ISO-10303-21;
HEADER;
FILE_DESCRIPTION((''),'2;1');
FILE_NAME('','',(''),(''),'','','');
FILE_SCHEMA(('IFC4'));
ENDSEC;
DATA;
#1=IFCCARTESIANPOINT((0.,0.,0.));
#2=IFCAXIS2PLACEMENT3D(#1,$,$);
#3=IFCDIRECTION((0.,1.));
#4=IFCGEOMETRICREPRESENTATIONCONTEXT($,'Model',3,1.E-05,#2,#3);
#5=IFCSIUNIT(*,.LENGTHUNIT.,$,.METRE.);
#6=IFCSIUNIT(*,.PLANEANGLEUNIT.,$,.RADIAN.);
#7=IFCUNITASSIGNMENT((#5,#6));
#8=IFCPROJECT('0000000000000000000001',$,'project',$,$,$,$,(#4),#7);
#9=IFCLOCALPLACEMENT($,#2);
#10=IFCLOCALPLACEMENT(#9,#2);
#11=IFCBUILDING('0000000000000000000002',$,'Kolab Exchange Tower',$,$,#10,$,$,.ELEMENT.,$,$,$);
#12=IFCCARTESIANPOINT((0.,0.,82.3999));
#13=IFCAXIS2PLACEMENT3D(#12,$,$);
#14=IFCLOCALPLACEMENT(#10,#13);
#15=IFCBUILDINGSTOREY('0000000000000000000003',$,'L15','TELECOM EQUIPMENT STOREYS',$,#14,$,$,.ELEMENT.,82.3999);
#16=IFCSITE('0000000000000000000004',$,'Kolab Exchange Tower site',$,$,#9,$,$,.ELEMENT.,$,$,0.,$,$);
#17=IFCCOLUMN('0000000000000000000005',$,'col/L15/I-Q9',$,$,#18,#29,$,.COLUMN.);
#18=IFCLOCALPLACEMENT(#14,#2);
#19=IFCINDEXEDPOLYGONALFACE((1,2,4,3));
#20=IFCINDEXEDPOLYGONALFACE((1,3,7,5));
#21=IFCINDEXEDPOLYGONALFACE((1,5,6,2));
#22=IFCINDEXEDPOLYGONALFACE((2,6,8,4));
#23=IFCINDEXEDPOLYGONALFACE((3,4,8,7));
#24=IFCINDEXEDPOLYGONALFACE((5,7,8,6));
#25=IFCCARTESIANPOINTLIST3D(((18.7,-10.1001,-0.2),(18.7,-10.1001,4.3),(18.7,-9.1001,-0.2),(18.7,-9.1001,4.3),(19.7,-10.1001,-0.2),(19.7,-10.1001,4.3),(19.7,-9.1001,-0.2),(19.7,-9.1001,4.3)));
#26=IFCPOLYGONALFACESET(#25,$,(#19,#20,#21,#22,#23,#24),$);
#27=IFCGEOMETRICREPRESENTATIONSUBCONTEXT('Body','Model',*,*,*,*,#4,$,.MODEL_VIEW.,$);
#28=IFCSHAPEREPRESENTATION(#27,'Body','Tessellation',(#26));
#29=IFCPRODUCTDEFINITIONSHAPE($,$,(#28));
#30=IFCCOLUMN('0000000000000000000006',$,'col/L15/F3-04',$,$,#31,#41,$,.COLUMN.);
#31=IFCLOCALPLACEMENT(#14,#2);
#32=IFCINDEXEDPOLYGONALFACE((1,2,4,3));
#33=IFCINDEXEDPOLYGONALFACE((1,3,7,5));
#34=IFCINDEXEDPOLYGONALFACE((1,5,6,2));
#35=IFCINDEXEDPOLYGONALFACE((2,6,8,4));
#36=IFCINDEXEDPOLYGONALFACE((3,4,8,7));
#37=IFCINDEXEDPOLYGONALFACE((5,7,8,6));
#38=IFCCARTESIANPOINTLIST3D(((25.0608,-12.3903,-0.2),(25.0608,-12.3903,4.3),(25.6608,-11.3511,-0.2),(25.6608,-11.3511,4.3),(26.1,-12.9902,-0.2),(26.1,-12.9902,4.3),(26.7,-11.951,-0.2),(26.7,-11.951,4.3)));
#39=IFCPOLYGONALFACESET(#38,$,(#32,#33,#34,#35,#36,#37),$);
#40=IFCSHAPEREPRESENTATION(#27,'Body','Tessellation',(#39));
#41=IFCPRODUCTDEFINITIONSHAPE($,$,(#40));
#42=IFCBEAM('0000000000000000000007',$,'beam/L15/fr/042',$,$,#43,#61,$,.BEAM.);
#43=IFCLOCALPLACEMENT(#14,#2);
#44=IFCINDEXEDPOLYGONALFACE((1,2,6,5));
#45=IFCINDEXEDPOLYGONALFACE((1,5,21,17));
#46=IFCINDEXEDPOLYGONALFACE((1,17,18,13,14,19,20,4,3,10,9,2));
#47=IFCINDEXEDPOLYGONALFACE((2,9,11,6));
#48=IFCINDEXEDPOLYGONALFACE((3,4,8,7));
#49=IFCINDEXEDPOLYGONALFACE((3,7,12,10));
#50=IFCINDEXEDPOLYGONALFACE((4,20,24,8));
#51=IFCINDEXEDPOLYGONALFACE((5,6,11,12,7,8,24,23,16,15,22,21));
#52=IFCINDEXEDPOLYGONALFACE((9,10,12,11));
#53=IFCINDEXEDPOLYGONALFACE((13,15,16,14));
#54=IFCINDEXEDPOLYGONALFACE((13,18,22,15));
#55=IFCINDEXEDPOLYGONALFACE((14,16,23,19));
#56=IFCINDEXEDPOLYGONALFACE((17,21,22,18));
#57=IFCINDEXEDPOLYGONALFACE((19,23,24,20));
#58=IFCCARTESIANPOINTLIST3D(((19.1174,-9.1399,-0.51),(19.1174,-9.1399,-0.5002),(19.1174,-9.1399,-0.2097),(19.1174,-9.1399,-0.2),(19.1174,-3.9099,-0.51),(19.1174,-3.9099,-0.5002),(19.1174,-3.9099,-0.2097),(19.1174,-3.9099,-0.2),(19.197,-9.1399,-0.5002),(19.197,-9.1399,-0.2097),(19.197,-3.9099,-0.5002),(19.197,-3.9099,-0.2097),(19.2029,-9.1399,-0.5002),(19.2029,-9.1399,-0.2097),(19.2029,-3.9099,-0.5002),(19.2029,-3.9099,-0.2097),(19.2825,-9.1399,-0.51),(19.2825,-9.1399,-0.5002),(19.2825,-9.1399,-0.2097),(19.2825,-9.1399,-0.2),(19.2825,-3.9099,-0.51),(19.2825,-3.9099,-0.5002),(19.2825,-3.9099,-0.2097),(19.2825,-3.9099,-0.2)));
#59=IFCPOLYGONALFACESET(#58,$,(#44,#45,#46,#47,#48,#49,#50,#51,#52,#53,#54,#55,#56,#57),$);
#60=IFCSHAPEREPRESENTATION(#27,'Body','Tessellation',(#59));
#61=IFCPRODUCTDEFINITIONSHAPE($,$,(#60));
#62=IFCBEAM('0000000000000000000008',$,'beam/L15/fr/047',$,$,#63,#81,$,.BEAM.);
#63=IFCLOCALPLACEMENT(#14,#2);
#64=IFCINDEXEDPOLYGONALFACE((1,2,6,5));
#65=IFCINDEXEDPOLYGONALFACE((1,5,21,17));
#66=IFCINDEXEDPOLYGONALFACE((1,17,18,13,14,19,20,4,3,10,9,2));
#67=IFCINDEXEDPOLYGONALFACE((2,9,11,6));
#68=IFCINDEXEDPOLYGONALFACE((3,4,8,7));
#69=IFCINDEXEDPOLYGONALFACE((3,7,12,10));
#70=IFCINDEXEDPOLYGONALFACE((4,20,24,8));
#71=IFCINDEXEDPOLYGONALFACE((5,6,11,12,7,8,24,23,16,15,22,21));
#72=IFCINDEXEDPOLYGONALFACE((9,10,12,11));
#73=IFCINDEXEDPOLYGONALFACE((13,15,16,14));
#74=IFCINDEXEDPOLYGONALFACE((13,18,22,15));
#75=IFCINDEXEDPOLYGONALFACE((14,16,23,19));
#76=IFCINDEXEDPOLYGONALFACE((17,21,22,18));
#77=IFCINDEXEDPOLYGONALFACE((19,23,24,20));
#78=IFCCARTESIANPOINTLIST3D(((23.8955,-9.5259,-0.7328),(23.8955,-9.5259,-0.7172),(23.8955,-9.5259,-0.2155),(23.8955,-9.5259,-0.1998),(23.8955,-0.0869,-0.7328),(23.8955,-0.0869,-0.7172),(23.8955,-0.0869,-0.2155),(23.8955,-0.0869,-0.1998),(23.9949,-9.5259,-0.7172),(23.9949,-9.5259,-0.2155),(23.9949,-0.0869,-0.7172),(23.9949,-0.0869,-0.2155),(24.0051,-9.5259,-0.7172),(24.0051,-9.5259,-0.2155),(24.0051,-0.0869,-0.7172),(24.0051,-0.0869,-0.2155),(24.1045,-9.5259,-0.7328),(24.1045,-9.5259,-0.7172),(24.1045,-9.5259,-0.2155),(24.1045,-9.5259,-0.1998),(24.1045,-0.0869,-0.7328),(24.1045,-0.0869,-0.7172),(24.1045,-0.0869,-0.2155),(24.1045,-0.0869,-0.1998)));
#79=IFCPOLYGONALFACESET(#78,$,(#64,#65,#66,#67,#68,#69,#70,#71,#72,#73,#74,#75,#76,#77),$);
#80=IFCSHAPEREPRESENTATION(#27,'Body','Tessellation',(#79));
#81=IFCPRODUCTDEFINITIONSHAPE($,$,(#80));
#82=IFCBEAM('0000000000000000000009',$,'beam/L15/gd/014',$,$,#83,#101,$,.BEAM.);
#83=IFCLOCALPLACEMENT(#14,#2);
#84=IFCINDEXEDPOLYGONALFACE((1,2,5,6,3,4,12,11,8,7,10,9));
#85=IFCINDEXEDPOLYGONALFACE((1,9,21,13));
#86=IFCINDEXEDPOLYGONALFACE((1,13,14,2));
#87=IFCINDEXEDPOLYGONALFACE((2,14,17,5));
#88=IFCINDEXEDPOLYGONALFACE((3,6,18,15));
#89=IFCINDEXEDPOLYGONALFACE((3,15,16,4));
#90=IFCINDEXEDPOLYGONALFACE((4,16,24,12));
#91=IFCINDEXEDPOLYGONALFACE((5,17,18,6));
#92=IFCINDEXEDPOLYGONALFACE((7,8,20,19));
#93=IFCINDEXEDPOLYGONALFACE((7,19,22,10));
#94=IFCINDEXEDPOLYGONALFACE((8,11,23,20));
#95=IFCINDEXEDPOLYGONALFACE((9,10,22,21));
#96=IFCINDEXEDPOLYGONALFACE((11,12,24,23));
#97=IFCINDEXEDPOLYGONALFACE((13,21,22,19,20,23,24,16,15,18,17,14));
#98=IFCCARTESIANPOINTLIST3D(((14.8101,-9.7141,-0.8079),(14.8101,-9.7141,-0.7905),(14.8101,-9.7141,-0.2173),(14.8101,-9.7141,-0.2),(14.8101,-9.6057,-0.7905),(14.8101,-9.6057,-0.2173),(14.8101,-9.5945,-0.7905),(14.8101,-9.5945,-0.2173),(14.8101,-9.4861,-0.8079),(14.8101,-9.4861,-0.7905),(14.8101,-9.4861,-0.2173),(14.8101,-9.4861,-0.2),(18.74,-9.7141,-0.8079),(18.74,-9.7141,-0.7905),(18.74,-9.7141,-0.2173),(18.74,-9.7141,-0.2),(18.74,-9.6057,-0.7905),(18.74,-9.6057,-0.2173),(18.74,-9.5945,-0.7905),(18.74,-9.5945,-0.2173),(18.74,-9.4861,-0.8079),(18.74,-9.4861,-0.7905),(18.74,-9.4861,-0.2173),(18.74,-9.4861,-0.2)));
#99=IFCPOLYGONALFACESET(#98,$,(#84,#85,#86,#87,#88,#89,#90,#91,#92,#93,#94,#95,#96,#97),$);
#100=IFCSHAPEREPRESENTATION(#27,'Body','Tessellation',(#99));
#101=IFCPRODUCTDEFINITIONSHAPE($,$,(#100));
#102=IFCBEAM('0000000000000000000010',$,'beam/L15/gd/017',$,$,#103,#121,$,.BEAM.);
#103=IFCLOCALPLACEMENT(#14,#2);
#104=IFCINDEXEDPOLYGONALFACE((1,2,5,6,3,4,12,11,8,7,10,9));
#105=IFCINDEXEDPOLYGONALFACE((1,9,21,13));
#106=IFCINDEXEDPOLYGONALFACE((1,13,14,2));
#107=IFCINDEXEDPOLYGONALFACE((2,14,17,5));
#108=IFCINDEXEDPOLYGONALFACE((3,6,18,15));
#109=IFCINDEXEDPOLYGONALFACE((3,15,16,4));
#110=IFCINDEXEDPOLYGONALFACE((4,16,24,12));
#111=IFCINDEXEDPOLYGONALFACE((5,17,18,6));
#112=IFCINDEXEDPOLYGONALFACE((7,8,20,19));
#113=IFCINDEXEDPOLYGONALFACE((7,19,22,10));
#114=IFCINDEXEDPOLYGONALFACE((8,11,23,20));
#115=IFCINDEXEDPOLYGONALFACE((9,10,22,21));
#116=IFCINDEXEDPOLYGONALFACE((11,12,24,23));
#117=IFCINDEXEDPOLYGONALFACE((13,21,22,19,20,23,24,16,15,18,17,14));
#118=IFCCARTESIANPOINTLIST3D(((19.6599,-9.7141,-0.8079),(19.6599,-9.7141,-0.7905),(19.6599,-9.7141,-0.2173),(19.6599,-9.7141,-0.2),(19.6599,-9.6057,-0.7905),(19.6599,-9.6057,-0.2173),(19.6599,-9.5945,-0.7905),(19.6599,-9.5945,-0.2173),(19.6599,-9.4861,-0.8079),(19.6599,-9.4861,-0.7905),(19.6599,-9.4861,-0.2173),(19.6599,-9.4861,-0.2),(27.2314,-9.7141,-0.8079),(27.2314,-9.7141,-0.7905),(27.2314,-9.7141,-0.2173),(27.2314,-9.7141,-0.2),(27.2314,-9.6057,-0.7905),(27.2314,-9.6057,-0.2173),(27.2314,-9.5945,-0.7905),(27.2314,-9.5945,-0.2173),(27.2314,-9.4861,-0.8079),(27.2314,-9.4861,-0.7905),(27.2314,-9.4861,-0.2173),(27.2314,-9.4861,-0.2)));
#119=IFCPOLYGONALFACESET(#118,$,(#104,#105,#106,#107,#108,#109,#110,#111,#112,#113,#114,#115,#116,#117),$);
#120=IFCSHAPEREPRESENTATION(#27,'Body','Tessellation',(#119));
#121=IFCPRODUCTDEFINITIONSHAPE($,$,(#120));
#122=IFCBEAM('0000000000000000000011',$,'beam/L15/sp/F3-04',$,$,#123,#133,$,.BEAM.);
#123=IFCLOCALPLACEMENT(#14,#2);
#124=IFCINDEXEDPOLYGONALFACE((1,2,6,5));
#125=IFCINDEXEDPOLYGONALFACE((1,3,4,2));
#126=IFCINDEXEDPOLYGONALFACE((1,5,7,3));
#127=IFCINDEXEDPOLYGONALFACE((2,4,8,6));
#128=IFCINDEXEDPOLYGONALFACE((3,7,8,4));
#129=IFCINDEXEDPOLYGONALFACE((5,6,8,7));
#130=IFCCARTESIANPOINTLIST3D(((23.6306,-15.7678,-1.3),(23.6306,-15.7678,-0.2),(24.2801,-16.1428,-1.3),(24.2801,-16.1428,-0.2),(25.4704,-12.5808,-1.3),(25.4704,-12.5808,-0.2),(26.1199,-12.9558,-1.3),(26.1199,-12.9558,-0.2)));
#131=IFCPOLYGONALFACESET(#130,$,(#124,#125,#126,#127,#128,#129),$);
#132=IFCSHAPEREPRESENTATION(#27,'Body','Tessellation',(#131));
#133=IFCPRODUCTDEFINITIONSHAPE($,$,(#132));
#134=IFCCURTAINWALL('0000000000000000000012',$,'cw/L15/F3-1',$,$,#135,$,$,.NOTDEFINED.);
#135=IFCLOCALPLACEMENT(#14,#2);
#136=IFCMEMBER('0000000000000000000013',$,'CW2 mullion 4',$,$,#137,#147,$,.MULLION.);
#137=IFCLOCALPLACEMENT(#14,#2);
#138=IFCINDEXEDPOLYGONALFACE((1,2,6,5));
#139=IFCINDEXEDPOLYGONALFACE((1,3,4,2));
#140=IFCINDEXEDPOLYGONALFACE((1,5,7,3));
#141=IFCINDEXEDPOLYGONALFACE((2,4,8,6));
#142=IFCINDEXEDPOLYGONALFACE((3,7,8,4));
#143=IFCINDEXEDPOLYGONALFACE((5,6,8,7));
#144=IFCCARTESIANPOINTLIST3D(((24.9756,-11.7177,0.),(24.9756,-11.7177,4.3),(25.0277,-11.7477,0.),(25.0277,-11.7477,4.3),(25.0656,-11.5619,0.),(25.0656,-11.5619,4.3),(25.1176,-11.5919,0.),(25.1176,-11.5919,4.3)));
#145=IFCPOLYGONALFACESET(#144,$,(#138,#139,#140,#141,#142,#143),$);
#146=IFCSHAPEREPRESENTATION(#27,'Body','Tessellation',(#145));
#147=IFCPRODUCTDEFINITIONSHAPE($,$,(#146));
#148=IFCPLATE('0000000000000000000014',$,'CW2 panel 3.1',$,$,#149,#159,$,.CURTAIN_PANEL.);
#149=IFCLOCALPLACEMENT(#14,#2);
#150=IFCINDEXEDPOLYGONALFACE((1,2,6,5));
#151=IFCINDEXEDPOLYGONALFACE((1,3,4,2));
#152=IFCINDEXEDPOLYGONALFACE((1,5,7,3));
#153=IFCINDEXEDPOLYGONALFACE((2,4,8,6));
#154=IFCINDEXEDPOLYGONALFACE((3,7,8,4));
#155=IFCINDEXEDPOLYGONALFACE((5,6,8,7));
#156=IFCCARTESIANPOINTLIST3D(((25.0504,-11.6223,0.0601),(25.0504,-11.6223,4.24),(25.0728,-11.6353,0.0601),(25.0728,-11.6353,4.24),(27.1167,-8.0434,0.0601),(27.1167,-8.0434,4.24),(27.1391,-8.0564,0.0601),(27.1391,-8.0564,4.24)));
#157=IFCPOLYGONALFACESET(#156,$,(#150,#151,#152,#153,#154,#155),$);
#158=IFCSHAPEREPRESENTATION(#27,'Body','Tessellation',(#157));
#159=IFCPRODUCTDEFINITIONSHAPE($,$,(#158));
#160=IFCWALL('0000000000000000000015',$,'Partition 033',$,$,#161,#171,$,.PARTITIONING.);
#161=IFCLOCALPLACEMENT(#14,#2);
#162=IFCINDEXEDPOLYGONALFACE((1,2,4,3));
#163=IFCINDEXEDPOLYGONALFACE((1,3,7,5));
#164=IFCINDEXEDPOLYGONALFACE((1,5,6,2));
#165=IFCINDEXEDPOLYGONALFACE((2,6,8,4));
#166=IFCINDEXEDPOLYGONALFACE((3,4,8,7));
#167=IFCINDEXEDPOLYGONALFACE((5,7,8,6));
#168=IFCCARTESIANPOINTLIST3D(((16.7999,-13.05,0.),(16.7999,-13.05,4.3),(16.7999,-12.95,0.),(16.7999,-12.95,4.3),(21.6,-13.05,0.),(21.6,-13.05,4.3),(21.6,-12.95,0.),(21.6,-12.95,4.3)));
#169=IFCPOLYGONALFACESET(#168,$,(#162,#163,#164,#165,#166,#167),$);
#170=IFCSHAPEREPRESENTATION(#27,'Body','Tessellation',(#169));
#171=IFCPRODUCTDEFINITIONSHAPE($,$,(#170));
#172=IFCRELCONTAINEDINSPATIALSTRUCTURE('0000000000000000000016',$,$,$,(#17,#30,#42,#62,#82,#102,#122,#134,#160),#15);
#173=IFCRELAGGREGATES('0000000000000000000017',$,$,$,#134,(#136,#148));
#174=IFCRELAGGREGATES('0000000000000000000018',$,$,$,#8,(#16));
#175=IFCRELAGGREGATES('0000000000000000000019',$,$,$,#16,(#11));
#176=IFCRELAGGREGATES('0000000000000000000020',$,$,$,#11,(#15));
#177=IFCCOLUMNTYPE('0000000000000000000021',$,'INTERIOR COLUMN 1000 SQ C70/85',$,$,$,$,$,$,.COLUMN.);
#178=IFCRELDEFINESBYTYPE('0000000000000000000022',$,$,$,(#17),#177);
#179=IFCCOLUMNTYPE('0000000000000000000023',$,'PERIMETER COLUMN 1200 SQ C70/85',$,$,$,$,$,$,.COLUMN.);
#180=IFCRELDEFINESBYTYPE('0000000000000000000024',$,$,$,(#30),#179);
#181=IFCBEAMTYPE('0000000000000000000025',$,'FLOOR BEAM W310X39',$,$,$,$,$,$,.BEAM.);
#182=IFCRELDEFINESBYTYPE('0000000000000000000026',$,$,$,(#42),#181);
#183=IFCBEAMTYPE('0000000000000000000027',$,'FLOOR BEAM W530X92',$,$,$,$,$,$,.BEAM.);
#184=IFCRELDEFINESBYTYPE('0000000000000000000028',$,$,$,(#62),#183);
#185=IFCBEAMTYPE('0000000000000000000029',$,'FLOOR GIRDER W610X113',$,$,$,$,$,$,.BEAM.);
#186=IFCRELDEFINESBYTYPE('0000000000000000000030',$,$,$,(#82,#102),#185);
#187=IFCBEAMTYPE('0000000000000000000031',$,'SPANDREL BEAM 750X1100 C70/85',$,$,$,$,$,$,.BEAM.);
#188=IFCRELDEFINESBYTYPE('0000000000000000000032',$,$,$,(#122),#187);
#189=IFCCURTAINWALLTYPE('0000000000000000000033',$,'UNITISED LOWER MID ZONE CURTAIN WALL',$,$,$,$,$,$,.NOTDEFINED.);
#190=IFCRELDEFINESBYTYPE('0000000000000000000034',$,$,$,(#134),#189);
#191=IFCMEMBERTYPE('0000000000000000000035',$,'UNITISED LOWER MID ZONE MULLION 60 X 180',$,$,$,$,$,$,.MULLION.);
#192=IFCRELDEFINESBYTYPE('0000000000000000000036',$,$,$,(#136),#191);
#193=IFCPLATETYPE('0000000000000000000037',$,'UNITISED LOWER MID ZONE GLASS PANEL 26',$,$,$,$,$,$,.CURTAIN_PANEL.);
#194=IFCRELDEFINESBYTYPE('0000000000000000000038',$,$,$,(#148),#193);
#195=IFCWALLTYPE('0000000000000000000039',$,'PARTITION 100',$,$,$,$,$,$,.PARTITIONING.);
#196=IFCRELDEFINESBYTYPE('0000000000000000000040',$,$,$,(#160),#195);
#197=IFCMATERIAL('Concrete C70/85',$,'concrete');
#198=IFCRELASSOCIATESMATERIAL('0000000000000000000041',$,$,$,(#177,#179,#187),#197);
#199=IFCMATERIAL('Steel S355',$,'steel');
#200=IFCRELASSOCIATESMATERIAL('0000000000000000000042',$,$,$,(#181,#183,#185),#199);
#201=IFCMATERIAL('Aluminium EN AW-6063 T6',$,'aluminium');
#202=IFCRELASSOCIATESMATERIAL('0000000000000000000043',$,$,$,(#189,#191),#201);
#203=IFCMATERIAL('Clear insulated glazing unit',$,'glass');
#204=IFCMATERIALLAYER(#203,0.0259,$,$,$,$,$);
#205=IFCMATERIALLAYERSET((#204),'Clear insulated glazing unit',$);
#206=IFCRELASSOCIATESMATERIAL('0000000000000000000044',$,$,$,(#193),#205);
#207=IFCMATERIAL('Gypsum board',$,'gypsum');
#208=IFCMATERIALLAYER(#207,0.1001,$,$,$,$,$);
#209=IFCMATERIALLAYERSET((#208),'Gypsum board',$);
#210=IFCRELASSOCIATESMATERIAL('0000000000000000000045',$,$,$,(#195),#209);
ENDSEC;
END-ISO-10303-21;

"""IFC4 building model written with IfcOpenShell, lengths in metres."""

from ifc_helpers import new_model, si_unit, direction, frame, frame_2d, origin, origin_2d, place, context, subcontext, project, spatial, rectangle, i_section, extrude, material, layer, layer_set, material_profile, profile_set, type_object, element, aggregate, save


model = new_model("IFC4")

# Units and contexts
model_context = context("Model", 3, precision=1e-05, world=origin(), true_north=direction((0.0, 1.0)))
body_context = subcontext(model_context, "Body", "Model", "MODEL_VIEW")
ifc_project = project(units=[si_unit("LENGTHUNIT", "METRE"), si_unit("PLANEANGLEUNIT", "RADIAN")], contexts=[model_context])

# Site, building, storey
site_placement = place(None, origin())
site = spatial("IfcSite", under=ifc_project, at=site_placement, Name="Kolab Exchange Tower site", CompositionType="ELEMENT", RefElevation=0.0)
building_placement = place(site_placement, origin())
building = spatial("IfcBuilding", under=site, at=building_placement, Name="Kolab Exchange Tower", CompositionType="ELEMENT")
storey_placement = place(building_placement, frame((0.0, 0.0, 82.3999)))
storey = spatial("IfcBuildingStorey", under=building, at=storey_placement, Name="L15", Description="TELECOM EQUIPMENT STOREYS", CompositionType="ELEMENT", Elevation=82.3999)

# Columns
ifc_material_1 = material(Name="Concrete C70/85", Category="concrete")
ifc_material_profile_1 = material_profile(ifc_material_1, rectangle(XDim=1.0, YDim=1.0, at=origin_2d()), Name="RC1000")
ifc_profile_set_1 = profile_set([ifc_material_profile_1], Name="Concrete C70/85")
column_type_1 = type_object("IfcColumnType", Name="INTERIOR COLUMN 1000 SQ C70/85", PredefinedType="COLUMN", material=ifc_profile_set_1)
column_1_placement = place(storey_placement, frame((19.2, -9.6001, -0.2), z_axis=(0.0, 0.0, 1.0), x_axis=(1.0, 0.0, 0.0)))
element("IfcColumn", 1, at=column_1_placement, inside=storey, type_object=column_type_1, Name="col/L15/I-Q9", PredefinedType="COLUMN", context=body_context, shape_type="SweptSolid", body=[
    extrude(rectangle(XDim=1.0, YDim=1.0, at=origin_2d()), origin(), (0.0, 0.0, 1.0), 4.5),
])
ifc_material_profile_2 = material_profile(ifc_material_1, rectangle(XDim=1.2, YDim=1.2, at=origin_2d()), Name="RC1200")
ifc_profile_set_2 = profile_set([ifc_material_profile_2], Name="Concrete C70/85")
column_type_2 = type_object("IfcColumnType", Name="PERIMETER COLUMN 1200 SQ C70/85", PredefinedType="COLUMN", material=ifc_profile_set_2)
column_2_placement = place(storey_placement, frame((25.8804, -12.1707, -0.2), z_axis=(0.0, 0.0, 1.0), x_axis=(0.5, 0.866025, 0.0)))
element("IfcColumn", 2, at=column_2_placement, inside=storey, type_object=column_type_2, Name="col/L15/F3-04", PredefinedType="COLUMN", context=body_context, shape_type="SweptSolid", body=[
    extrude(rectangle(XDim=1.2, YDim=1.2, at=origin_2d()), origin(), (0.0, 0.0, 1.0), 4.5),
])

# Beams
ifc_material_2 = material(Name="Steel S355", Category="steel")
ifc_material_profile_3 = material_profile(ifc_material_2, i_section(OverallWidth=0.165, OverallDepth=0.3101, WebThickness=0.0059, FlangeThickness=0.0098, at=origin_2d()), Name="W310X39")
ifc_profile_set_3 = profile_set([ifc_material_profile_3], Name="Steel S355")
beam_type_1 = type_object("IfcBeamType", Name="FLOOR BEAM W310X39", PredefinedType="BEAM", material=ifc_profile_set_3)
beam_1_placement = place(storey_placement, frame((19.2, -9.1399, -0.355), z_axis=(0.0, 1.0, 0.0), x_axis=(-1.0, 0.0, 0.0)))
element("IfcBeam", 3, at=beam_1_placement, inside=storey, type_object=beam_type_1, Name="beam/L15/fr/042", PredefinedType="BEAM", context=body_context, shape_type="SweptSolid", body=[
    extrude(i_section(OverallWidth=0.165, OverallDepth=0.3101, WebThickness=0.0059, FlangeThickness=0.0098, at=origin_2d()), origin(), (0.0, 0.0, 1.0), 5.23),
])
ifc_material_profile_4 = material_profile(ifc_material_2, i_section(OverallWidth=0.209, OverallDepth=0.533, WebThickness=0.0103, FlangeThickness=0.0156, at=origin_2d()), Name="W530X92")
ifc_profile_set_4 = profile_set([ifc_material_profile_4], Name="Steel S355")
beam_type_2 = type_object("IfcBeamType", Name="FLOOR BEAM W530X92", PredefinedType="BEAM", material=ifc_profile_set_4)
beam_2_placement = place(storey_placement, frame((24.0, -9.5259, -0.4663), z_axis=(0.0, 1.0, 0.0), x_axis=(-1.0, 0.0, 0.0)))
element("IfcBeam", 4, at=beam_2_placement, inside=storey, type_object=beam_type_2, Name="beam/L15/fr/047", PredefinedType="BEAM", context=body_context, shape_type="SweptSolid", body=[
    extrude(i_section(OverallWidth=0.209, OverallDepth=0.533, WebThickness=0.0103, FlangeThickness=0.0156, at=origin_2d()), origin(), (0.0, 0.0, 1.0), 9.439),
])
ifc_material_profile_5 = material_profile(ifc_material_2, i_section(OverallWidth=0.228, OverallDepth=0.6079, WebThickness=0.0112, FlangeThickness=0.0173, at=origin_2d()), Name="W610X113")
ifc_profile_set_5 = profile_set([ifc_material_profile_5], Name="Steel S355")
beam_type_3 = type_object("IfcBeamType", Name="FLOOR GIRDER W610X113", PredefinedType="BEAM", material=ifc_profile_set_5)
beam_3_placement = place(storey_placement, frame((14.8101, -9.6001, -0.5039), z_axis=(1.0, 0.0, 0.0), x_axis=(0.0, 1.0, 0.0)))
element("IfcBeam", 5, at=beam_3_placement, inside=storey, type_object=beam_type_3, Name="beam/L15/gd/014", PredefinedType="BEAM", context=body_context, shape_type="SweptSolid", body=[
    extrude(i_section(OverallWidth=0.228, OverallDepth=0.6079, WebThickness=0.0112, FlangeThickness=0.0173, at=origin_2d()), origin(), (0.0, 0.0, 1.0), 3.9299),
])
beam_4_placement = place(storey_placement, frame((19.6599, -9.6001, -0.5039), z_axis=(1.0, 0.0, 0.0), x_axis=(0.0, 1.0, 0.0)))
element("IfcBeam", 6, at=beam_4_placement, inside=storey, type_object=beam_type_3, Name="beam/L15/gd/017", PredefinedType="BEAM", context=body_context, shape_type="SweptSolid", body=[
    extrude(i_section(OverallWidth=0.228, OverallDepth=0.6079, WebThickness=0.0112, FlangeThickness=0.0173, at=origin_2d()), origin(), (0.0, 0.0, 1.0), 7.5715),
])
ifc_material_profile_6 = material_profile(ifc_material_1, rectangle(XDim=0.75, YDim=1.1001, at=origin_2d()), Name="RC750X1100")
ifc_profile_set_6 = profile_set([ifc_material_profile_6], Name="Concrete C70/85")
beam_type_4 = type_object("IfcBeamType", Name="SPANDREL BEAM 750X1100 C70/85", PredefinedType="BEAM", material=ifc_profile_set_6)
beam_5_placement = place(storey_placement, frame((25.7952, -12.7683, -0.75), z_axis=(-0.499964, -0.866046, 0.0), x_axis=(0.866046, -0.499964, 0.0)))
element("IfcBeam", 7, at=beam_5_placement, inside=storey, type_object=beam_type_4, Name="beam/L15/sp/F3-04", PredefinedType="BEAM", context=body_context, shape_type="SweptSolid", body=[
    extrude(rectangle(XDim=0.75, YDim=1.1001, at=origin_2d()), origin(), (0.0, 0.0, 1.0), 3.6799),
])

# Curtain wall, member, plate
ifc_material_3 = material(Name="Aluminium EN AW-6063 T6", Category="aluminium")
curtain_wall_type = type_object("IfcCurtainWallType", Name="UNITISED LOWER MID ZONE CURTAIN WALL", PredefinedType="NOTDEFINED", material=ifc_material_3)
curtain_wall_placement = place(storey_placement, origin())
curtain_wall = element("IfcCurtainWall", 8, at=curtain_wall_placement, inside=storey, type_object=curtain_wall_type, Name="cw/L15/F3-1", PredefinedType="NOTDEFINED")
ifc_material_profile_7 = material_profile(ifc_material_3, rectangle(XDim=0.0601, YDim=0.1799, at=origin_2d()), Name="RECT 60X180")
ifc_profile_set_7 = profile_set([ifc_material_profile_7], Name="Aluminium EN AW-6063 T6")
member_type = type_object("IfcMemberType", Name="UNITISED LOWER MID ZONE MULLION 60 X 180", PredefinedType="MULLION", material=ifc_profile_set_7)
member_placement = place(storey_placement, frame((25.0466, -11.6548, 0.0), z_axis=(0.0, 0.0, 1.0), x_axis=(0.866025, -0.5, 0.0)))
member = element("IfcMember", 9, at=member_placement, type_object=member_type, Name="CW2 mullion 4", PredefinedType="MULLION", context=body_context, shape_type="SweptSolid", body=[
    extrude(rectangle(XDim=0.0601, YDim=0.1799, at=origin_2d()), origin(), (0.0, 0.0, 1.0), 4.3),
])
ifc_material_4 = material(Name="Clear insulated glazing unit", Category="glass")
ifc_layer_1 = layer(ifc_material_4, 0.0259)
ifc_layer_set_1 = layer_set([ifc_layer_1], Name="Clear insulated glazing unit")
plate_type = type_object("IfcPlateType", Name="UNITISED LOWER MID ZONE GLASS PANEL 26", PredefinedType="CURTAIN_PANEL", material=ifc_layer_set_1)
plate_placement = place(storey_placement, frame((26.0947, -9.8394, 0.0601), z_axis=(0.0, 0.0, 1.0), x_axis=(-0.5, -0.866025, 0.0)))
plate = element("IfcPlate", 10, at=plate_placement, type_object=plate_type, Name="CW2 panel 3.1", PredefinedType="CURTAIN_PANEL", context=body_context, shape_type="SweptSolid", body=[
    extrude(rectangle(XDim=4.1326, YDim=0.0259, at=origin_2d()), origin(), (0.0, 0.0, 1.0), 4.1799),
])
aggregate(curtain_wall, [member, plate])

# Wall
ifc_material_5 = material(Name="Gypsum board", Category="gypsum")
ifc_layer_2 = layer(ifc_material_5, 0.1001)
ifc_layer_set_2 = layer_set([ifc_layer_2], Name="Gypsum board")
wall_type_1 = type_object("IfcWallType", Name="PARTITION 100", PredefinedType="PARTITIONING", material=ifc_layer_set_2)
wall_1_placement = place(storey_placement, frame((16.8, -13.0, 0.0), z_axis=(0.0, 0.0, 1.0), x_axis=(1.0, 0.0, 0.0)))
element("IfcWall", 11, at=wall_1_placement, inside=storey, type_object=wall_type_1, Name="Partition 033", PredefinedType="PARTITIONING", context=body_context, shape_type="SweptSolid", body=[
    extrude(rectangle(XDim=4.8, YDim=0.1001, at=frame_2d((2.3999, 0.0))), origin(), (0.0, 0.0, 1.0), 4.3),
])

save(model, "model.ifc")
